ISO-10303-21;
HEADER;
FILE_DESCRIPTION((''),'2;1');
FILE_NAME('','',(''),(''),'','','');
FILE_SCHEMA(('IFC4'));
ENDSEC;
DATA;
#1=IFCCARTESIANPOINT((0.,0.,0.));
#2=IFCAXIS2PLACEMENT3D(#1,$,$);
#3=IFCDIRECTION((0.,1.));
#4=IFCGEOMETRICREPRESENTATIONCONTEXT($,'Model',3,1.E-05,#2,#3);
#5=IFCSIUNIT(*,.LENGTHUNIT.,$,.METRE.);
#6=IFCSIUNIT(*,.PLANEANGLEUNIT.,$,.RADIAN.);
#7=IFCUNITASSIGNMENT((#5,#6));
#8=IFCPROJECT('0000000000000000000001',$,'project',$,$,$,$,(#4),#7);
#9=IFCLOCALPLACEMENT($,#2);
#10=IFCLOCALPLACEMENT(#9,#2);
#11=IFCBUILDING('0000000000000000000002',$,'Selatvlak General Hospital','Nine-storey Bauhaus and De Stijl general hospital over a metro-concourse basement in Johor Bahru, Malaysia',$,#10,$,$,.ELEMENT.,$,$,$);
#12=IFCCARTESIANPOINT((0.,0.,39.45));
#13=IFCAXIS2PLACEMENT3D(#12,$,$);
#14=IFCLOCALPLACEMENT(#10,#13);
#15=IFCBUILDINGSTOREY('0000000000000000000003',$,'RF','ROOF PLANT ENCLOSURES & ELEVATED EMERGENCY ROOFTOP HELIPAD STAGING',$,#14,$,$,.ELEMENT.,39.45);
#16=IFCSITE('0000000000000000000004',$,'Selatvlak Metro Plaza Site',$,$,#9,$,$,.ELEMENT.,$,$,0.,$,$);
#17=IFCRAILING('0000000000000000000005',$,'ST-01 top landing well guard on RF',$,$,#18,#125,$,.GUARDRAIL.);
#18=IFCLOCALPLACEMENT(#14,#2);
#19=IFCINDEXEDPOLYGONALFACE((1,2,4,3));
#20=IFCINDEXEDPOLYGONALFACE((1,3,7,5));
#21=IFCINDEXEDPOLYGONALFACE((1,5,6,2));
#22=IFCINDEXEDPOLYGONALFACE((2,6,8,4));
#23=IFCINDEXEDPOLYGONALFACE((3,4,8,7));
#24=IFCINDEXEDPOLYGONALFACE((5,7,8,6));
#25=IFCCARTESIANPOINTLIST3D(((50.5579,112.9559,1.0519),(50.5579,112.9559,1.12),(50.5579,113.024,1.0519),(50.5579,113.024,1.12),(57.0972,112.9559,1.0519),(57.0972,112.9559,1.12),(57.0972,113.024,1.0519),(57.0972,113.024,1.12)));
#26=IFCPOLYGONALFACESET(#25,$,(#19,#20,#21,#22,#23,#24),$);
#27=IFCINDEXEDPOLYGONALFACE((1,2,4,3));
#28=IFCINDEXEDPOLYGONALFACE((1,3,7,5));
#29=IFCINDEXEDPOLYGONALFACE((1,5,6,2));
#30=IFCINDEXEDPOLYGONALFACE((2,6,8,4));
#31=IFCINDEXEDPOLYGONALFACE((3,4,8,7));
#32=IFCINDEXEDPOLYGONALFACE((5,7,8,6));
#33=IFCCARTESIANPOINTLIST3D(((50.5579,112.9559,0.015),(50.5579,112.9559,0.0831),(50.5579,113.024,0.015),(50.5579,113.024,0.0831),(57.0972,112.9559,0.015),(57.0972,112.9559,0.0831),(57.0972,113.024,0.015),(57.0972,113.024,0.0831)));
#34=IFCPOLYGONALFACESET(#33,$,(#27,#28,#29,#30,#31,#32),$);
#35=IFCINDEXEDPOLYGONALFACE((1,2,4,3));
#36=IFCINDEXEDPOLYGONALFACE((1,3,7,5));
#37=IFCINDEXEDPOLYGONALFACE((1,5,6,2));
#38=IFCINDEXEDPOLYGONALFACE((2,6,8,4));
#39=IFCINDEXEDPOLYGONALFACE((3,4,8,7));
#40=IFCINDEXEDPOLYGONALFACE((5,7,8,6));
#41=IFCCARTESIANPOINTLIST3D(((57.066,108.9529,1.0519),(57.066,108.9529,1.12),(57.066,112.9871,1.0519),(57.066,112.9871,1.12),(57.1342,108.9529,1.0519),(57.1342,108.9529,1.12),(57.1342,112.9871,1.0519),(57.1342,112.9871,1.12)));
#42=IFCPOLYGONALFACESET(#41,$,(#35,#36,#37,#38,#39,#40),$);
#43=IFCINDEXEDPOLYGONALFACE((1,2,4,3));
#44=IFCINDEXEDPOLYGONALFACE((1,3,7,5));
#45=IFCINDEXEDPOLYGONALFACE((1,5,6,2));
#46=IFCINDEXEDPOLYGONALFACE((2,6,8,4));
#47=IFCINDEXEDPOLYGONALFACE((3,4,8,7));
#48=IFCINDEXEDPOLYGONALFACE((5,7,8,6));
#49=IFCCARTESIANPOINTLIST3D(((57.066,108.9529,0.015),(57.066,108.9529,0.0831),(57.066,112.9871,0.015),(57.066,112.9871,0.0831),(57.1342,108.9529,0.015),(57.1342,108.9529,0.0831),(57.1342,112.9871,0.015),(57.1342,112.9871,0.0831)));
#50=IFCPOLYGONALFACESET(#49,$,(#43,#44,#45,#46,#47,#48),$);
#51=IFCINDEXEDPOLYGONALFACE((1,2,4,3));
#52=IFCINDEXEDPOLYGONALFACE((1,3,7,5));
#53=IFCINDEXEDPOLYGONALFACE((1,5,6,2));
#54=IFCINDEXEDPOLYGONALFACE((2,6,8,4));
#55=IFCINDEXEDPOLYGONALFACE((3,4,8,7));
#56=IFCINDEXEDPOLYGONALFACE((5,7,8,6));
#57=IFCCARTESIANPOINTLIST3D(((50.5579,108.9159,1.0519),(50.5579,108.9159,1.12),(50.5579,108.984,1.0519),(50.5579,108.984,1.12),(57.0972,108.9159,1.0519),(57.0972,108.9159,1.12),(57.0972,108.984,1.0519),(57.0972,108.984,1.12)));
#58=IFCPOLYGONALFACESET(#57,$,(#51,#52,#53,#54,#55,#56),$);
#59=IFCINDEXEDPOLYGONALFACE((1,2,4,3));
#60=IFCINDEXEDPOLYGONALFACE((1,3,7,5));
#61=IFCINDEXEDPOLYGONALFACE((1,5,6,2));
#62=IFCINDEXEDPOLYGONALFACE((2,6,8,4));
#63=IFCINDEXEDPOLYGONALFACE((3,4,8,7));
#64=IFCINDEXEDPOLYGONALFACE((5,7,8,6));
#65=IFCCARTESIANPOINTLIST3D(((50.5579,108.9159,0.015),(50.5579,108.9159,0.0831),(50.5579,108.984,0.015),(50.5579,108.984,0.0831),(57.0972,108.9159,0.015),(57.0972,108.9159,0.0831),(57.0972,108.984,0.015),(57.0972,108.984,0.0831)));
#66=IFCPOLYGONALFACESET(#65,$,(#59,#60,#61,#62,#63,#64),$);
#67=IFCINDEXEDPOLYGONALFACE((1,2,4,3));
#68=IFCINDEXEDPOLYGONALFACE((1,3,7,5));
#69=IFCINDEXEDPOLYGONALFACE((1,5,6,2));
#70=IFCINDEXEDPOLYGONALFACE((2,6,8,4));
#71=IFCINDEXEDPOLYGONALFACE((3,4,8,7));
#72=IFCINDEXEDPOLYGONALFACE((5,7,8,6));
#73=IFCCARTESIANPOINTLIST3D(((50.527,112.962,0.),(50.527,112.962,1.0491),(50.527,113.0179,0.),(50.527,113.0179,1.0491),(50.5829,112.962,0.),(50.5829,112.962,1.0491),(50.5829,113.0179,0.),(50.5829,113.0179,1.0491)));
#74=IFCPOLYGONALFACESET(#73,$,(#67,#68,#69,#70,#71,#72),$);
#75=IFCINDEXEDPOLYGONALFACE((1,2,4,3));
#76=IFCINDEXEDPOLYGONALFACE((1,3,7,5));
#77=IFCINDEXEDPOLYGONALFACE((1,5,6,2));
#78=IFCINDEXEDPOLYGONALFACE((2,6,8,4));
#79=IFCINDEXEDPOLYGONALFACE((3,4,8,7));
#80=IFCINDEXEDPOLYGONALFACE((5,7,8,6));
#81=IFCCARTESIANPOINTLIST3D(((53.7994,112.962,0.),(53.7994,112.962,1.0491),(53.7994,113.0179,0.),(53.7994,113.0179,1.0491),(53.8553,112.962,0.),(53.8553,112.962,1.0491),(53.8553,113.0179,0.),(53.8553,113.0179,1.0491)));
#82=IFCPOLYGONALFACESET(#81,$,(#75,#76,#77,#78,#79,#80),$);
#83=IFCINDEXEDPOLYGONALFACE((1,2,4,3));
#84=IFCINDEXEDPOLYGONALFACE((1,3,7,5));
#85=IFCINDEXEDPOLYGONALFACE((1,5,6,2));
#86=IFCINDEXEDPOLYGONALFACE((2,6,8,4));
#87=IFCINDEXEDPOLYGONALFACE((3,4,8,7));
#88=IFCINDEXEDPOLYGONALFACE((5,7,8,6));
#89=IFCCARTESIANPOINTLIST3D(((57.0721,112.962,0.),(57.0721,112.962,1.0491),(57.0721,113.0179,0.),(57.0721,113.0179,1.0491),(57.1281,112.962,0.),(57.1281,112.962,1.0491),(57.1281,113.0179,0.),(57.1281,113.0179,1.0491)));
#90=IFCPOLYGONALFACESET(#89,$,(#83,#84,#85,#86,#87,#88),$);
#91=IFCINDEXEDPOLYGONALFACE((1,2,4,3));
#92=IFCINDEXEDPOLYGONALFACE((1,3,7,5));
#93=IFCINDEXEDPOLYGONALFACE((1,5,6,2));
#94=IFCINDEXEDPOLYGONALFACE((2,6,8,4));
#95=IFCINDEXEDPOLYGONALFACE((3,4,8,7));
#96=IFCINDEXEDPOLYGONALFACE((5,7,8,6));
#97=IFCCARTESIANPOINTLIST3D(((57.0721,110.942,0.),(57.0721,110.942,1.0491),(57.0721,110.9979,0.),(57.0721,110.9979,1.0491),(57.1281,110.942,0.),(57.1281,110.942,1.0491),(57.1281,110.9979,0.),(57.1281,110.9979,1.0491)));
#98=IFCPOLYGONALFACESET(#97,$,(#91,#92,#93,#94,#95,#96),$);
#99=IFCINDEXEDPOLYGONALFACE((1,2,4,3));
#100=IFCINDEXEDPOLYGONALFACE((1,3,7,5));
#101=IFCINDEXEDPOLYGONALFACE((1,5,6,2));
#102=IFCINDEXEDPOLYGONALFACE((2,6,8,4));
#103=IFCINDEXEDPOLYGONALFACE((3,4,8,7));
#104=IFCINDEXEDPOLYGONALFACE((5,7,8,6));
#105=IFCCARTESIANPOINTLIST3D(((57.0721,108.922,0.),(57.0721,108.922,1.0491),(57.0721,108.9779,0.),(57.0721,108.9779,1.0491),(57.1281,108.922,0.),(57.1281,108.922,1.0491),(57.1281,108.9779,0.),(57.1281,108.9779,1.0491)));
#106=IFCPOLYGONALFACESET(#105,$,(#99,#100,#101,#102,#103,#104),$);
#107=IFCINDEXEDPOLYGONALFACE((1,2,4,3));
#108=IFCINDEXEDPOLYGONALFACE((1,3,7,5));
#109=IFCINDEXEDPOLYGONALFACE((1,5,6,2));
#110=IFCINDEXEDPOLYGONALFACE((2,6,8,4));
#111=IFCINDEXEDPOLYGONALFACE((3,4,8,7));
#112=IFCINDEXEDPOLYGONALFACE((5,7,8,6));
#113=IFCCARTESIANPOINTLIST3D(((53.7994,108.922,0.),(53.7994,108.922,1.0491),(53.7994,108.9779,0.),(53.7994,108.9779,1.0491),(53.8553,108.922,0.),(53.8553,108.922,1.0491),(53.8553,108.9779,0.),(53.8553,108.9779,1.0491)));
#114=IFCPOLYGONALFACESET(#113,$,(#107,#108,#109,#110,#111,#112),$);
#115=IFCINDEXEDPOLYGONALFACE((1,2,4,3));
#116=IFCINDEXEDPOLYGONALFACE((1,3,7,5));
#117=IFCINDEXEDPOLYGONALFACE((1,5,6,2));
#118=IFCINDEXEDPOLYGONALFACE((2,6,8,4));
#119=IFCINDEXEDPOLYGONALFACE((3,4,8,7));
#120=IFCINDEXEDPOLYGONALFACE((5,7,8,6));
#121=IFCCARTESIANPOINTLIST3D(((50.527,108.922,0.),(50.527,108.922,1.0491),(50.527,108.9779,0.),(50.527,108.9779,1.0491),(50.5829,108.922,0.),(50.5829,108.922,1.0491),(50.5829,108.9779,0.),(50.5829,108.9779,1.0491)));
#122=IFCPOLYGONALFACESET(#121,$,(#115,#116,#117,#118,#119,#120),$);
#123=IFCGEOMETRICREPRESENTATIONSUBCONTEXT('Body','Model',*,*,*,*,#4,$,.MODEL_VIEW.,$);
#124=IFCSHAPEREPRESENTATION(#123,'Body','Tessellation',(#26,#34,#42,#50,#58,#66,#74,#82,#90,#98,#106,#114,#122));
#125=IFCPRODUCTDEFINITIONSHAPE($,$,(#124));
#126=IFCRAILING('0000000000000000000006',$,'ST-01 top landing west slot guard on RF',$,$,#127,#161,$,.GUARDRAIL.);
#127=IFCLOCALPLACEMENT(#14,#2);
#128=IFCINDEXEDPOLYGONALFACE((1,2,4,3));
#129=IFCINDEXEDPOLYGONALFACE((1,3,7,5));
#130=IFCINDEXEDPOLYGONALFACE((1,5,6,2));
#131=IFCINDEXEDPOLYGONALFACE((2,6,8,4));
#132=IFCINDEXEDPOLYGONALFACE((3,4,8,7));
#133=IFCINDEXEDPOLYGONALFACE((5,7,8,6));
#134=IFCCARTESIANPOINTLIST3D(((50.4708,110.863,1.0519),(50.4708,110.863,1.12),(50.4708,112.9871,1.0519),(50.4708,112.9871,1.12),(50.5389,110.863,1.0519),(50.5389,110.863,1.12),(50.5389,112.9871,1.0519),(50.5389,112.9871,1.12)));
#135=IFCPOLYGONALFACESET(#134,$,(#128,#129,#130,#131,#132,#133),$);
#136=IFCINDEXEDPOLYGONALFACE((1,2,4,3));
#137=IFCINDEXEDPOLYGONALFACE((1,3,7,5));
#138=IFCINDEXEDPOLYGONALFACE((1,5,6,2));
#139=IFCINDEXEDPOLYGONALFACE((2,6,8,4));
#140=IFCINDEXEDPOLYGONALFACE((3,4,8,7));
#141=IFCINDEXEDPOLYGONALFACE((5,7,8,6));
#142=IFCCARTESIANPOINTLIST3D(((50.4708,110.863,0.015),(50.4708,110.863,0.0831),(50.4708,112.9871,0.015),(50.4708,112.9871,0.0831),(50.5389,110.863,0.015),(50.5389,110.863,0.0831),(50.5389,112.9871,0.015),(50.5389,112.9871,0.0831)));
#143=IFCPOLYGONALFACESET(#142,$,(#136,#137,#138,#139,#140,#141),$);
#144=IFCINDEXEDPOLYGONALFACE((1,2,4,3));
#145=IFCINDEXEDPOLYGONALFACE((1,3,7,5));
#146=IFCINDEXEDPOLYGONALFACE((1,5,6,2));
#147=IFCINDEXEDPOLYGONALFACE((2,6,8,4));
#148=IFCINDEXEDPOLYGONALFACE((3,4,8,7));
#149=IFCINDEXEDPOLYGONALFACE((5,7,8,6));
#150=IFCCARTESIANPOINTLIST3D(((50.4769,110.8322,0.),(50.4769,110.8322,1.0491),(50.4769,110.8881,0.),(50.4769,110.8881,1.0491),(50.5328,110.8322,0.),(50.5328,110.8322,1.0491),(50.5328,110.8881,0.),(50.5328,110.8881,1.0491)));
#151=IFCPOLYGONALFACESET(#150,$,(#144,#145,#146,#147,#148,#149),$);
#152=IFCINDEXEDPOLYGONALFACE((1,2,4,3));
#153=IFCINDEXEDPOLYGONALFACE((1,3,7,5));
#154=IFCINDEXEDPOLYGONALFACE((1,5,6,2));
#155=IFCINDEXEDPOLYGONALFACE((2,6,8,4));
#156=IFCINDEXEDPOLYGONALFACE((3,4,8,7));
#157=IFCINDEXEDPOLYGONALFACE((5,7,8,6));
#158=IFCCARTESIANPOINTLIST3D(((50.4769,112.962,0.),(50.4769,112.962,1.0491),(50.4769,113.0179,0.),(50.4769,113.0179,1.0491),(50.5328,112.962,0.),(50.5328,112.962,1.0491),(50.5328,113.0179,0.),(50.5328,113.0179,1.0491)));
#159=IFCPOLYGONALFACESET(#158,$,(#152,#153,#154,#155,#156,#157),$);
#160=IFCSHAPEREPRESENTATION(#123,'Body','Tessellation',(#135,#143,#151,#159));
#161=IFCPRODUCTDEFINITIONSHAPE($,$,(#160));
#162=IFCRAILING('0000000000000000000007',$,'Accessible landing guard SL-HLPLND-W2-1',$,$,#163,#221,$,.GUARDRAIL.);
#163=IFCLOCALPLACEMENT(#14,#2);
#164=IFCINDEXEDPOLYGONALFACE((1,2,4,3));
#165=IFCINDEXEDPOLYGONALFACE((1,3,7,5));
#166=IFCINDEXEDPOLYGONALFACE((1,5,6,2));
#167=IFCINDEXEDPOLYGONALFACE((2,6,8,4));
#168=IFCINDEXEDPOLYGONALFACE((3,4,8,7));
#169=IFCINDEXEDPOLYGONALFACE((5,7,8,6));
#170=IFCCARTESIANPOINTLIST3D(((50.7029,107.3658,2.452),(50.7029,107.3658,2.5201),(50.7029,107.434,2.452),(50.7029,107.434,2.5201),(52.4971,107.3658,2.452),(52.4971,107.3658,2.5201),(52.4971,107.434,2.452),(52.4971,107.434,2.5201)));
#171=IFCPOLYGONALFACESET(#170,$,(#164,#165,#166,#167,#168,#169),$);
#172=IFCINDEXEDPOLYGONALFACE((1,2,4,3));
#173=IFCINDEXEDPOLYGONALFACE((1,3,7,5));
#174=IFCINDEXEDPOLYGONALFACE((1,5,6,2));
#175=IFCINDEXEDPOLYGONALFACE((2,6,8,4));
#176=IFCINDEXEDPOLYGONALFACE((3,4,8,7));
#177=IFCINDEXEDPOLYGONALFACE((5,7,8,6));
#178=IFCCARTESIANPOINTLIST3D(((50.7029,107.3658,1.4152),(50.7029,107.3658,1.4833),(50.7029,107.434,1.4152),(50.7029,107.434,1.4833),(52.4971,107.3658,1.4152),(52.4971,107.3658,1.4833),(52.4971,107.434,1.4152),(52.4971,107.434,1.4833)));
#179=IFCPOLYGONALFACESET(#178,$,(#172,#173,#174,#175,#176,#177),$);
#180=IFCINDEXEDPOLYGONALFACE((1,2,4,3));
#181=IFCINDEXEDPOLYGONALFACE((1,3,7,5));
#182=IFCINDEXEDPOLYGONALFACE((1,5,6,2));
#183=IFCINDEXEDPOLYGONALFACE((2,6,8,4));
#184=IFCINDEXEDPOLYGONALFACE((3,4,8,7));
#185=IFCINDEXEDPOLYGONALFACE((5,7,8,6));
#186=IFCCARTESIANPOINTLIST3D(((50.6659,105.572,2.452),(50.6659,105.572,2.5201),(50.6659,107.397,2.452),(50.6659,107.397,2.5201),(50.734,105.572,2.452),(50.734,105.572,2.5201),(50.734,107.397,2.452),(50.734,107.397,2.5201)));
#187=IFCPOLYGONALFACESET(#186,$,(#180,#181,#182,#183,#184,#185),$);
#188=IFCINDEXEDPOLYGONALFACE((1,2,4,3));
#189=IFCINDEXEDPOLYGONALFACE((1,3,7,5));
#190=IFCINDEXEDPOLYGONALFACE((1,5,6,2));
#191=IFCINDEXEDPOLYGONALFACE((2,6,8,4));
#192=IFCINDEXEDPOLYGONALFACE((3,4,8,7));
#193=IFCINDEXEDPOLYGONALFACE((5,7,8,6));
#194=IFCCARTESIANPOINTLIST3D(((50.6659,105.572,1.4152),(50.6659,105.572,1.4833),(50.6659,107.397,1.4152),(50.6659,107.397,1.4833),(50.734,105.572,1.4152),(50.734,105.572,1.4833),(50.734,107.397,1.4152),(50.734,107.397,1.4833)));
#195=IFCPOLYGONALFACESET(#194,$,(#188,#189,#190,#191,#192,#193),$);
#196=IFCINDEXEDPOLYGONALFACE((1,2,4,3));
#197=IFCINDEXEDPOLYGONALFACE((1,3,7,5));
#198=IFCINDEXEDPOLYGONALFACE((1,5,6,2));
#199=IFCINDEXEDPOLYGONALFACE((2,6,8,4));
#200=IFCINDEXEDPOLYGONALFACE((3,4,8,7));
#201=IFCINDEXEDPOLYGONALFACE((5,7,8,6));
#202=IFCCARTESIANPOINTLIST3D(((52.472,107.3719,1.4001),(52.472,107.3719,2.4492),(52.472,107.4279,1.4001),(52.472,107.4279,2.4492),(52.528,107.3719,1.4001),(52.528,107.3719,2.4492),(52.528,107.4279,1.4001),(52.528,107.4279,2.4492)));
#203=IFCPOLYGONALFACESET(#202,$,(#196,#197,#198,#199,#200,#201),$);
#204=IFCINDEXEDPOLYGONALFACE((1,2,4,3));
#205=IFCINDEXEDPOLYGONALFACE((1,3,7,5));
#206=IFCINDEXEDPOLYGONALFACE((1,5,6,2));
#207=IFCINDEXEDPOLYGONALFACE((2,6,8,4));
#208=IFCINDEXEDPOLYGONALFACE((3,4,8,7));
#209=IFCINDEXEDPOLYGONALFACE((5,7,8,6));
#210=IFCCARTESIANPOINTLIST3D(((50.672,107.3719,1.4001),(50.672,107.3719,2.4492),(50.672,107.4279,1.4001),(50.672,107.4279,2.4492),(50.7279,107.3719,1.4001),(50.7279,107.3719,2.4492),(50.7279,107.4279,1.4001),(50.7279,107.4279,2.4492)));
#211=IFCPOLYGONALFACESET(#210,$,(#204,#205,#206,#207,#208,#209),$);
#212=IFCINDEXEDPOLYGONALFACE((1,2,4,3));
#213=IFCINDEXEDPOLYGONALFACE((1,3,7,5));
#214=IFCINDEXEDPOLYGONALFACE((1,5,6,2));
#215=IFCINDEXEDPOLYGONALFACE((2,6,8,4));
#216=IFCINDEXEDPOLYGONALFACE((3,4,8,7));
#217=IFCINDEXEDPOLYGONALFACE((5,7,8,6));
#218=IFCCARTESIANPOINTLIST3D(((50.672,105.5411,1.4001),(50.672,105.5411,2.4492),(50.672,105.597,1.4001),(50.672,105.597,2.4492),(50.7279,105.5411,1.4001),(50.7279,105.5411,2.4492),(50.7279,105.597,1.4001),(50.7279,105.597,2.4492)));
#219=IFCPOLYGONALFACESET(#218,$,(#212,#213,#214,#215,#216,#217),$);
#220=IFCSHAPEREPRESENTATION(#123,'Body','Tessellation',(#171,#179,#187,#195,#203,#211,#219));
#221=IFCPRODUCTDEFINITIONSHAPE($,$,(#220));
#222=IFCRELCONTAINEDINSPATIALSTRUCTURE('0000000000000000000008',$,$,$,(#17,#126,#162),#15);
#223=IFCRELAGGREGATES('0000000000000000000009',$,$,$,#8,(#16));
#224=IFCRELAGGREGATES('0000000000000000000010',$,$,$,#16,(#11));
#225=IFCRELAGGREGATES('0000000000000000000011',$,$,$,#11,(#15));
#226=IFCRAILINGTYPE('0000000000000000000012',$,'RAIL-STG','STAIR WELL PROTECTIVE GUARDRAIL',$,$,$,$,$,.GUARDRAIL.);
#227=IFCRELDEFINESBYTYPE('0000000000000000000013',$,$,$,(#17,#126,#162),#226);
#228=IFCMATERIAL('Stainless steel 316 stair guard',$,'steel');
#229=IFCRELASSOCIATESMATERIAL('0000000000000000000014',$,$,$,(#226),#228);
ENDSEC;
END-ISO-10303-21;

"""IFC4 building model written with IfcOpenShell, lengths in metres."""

from ifc_helpers import new_model, si_unit, direction, frame, origin, origin_2d, place, context, subcontext, project, spatial, rectangle, extrude, material, type_object, element, save


model = new_model("IFC4")

# Units and contexts
model_context = context("Model", 3, precision=1e-05, world=origin(), true_north=direction((0.0, 1.0)))
body_context = subcontext(model_context, "Body", "Model", "MODEL_VIEW")
ifc_project = project(units=[si_unit("LENGTHUNIT", "METRE"), si_unit("PLANEANGLEUNIT", "RADIAN")], contexts=[model_context])

# Site, building, storey
site_placement = place(None, origin())
site = spatial("IfcSite", under=ifc_project, at=site_placement, Name="Selatvlak Metro Plaza Site", CompositionType="ELEMENT", RefElevation=0.0)
building_placement = place(site_placement, origin())
building = spatial("IfcBuilding", under=site, at=building_placement, Name="Selatvlak General Hospital", Description="Nine-storey Bauhaus and De Stijl general hospital over a metro-concourse basement in Johor Bahru, Malaysia", CompositionType="ELEMENT")
storey_placement = place(building_placement, frame((0.0, 0.0, 39.45)))
storey = spatial("IfcBuildingStorey", under=building, at=storey_placement, Name="RF", Description="ROOF PLANT ENCLOSURES & ELEVATED EMERGENCY ROOFTOP HELIPAD STAGING", CompositionType="ELEMENT", Elevation=39.45)

# Railings
ifc_material_1 = material(Name="Stainless steel 316 stair guard", Category="steel")
railing_type = type_object("IfcRailingType", Name="RAIL-STG", Description="STAIR WELL PROTECTIVE GUARDRAIL", PredefinedType="GUARDRAIL", material=ifc_material_1)
railing_1_placement = place(storey_placement, frame((50.5549, 112.99, 0.0)))
element("IfcRailing", 1, at=railing_1_placement, inside=storey, type_object=railing_type, Name="ST-01 top landing well guard on RF", PredefinedType="GUARDRAIL", context=body_context, shape_type="SweptSolid", body=[
    extrude(rectangle(XDim=0.0681, YDim=0.0681, at=origin_2d()), frame((0.0029, 0.0, 1.0859), z_axis=(1.0, 0.0, 0.0), x_axis=(0.0, 1.0, 0.0)), (0.0, 0.0, 1.0), 6.5393),
    extrude(rectangle(XDim=0.0681, YDim=0.0681, at=origin_2d()), frame((0.0029, 0.0, 0.0491), z_axis=(1.0, 0.0, 0.0), x_axis=(0.0, 1.0, 0.0)), (0.0, 0.0, 1.0), 6.5393),
    extrude(rectangle(XDim=0.0681, YDim=0.0681, at=origin_2d()), frame((6.5452, -0.0029, 1.0859), z_axis=(0.0, -1.0, 0.0), x_axis=(1.0, 0.0, 0.0)), (0.0, 0.0, 1.0), 4.0342),
    extrude(rectangle(XDim=0.0681, YDim=0.0681, at=origin_2d()), frame((6.5452, -0.0029, 0.0491), z_axis=(0.0, -1.0, 0.0), x_axis=(1.0, 0.0, 0.0)), (0.0, 0.0, 1.0), 4.0342),
    extrude(rectangle(XDim=0.0681, YDim=0.0681, at=origin_2d()), frame((6.5422, -4.04, 1.0859), z_axis=(-1.0, 0.0, 0.0), x_axis=(0.0, -1.0, 0.0)), (0.0, 0.0, 1.0), 6.5393),
    extrude(rectangle(XDim=0.0681, YDim=0.0681, at=origin_2d()), frame((6.5422, -4.04, 0.0491), z_axis=(-1.0, 0.0, 0.0), x_axis=(0.0, -1.0, 0.0)), (0.0, 0.0, 1.0), 6.5393),
    extrude(rectangle(XDim=0.0559, YDim=0.0559, at=origin_2d()), origin(), (0.0, 0.0, 1.0), 1.0491),
    extrude(rectangle(XDim=0.0559, YDim=0.0559, at=origin_2d()), frame((3.2725, 0.0, 0.0)), (0.0, 0.0, 1.0), 1.0491),
    extrude(rectangle(XDim=0.0559, YDim=0.0559, at=origin_2d()), frame((6.5452, 0.0, 0.0)), (0.0, 0.0, 1.0), 1.0491),
    extrude(rectangle(XDim=0.0559, YDim=0.0559, at=origin_2d()), frame((6.5452, -2.02, 0.0)), (0.0, 0.0, 1.0), 1.0491),
    extrude(rectangle(XDim=0.0559, YDim=0.0559, at=origin_2d()), frame((6.5452, -4.04, 0.0)), (0.0, 0.0, 1.0), 1.0491),
    extrude(rectangle(XDim=0.0559, YDim=0.0559, at=origin_2d()), frame((3.2725, -4.04, 0.0)), (0.0, 0.0, 1.0), 1.0491),
    extrude(rectangle(XDim=0.0559, YDim=0.0559, at=origin_2d()), frame((0.0, -4.04, 0.0)), (0.0, 0.0, 1.0), 1.0491),
])
railing_2_placement = place(storey_placement, frame((50.5049, 110.8601, 0.0)))
element("IfcRailing", 2, at=railing_2_placement, inside=storey, type_object=railing_type, Name="ST-01 top landing west slot guard on RF", PredefinedType="GUARDRAIL", context=body_context, shape_type="SweptSolid", body=[
    extrude(rectangle(XDim=0.0681, YDim=0.0681, at=origin_2d()), frame((0.0, 0.0029, 1.0859), z_axis=(0.0, 1.0, 0.0), x_axis=(-1.0, 0.0, 0.0)), (0.0, 0.0, 1.0), 2.124),
    extrude(rectangle(XDim=0.0681, YDim=0.0681, at=origin_2d()), frame((0.0, 0.0029, 0.0491), z_axis=(0.0, 1.0, 0.0), x_axis=(-1.0, 0.0, 0.0)), (0.0, 0.0, 1.0), 2.124),
    extrude(rectangle(XDim=0.0559, YDim=0.0559, at=origin_2d()), origin(), (0.0, 0.0, 1.0), 1.0491),
    extrude(rectangle(XDim=0.0559, YDim=0.0559, at=origin_2d()), frame((0.0, 2.1299, 0.0)), (0.0, 0.0, 1.0), 1.0491),
])
railing_3_placement = place(storey_placement, frame((52.5, 107.3999, 1.4001)))
element("IfcRailing", 3, at=railing_3_placement, inside=storey, type_object=railing_type, Name="Accessible landing guard SL-HLPLND-W2-1", PredefinedType="GUARDRAIL", context=body_context, shape_type="SweptSolid", body=[
    extrude(rectangle(XDim=0.0681, YDim=0.0681, at=origin_2d()), frame((-0.0029, 0.0, 1.0859), z_axis=(-1.0, 0.0, 0.0), x_axis=(0.0, -1.0, 0.0)), (0.0, 0.0, 1.0), 1.7942),
    extrude(rectangle(XDim=0.0681, YDim=0.0681, at=origin_2d()), frame((-0.0029, 0.0, 0.0491), z_axis=(-1.0, 0.0, 0.0), x_axis=(0.0, -1.0, 0.0)), (0.0, 0.0, 1.0), 1.7942),
    extrude(rectangle(XDim=0.0681, YDim=0.0681, at=origin_2d()), frame((-1.8, -0.0029, 1.0859), z_axis=(0.0, -1.0, 0.0), x_axis=(1.0, 0.0, 0.0)), (0.0, 0.0, 1.0), 1.825),
    extrude(rectangle(XDim=0.0681, YDim=0.0681, at=origin_2d()), frame((-1.8, -0.0029, 0.0491), z_axis=(0.0, -1.0, 0.0), x_axis=(1.0, 0.0, 0.0)), (0.0, 0.0, 1.0), 1.825),
    extrude(rectangle(XDim=0.0559, YDim=0.0559, at=origin_2d()), origin(), (0.0, 0.0, 1.0), 1.0491),
    extrude(rectangle(XDim=0.0559, YDim=0.0559, at=origin_2d()), frame((-1.8, 0.0, 0.0)), (0.0, 0.0, 1.0), 1.0491),
    extrude(rectangle(XDim=0.0559, YDim=0.0559, at=origin_2d()), frame((-1.8, -1.8308, 0.0)), (0.0, 0.0, 1.0), 1.0491),
])

save(model, "model.ifc")
